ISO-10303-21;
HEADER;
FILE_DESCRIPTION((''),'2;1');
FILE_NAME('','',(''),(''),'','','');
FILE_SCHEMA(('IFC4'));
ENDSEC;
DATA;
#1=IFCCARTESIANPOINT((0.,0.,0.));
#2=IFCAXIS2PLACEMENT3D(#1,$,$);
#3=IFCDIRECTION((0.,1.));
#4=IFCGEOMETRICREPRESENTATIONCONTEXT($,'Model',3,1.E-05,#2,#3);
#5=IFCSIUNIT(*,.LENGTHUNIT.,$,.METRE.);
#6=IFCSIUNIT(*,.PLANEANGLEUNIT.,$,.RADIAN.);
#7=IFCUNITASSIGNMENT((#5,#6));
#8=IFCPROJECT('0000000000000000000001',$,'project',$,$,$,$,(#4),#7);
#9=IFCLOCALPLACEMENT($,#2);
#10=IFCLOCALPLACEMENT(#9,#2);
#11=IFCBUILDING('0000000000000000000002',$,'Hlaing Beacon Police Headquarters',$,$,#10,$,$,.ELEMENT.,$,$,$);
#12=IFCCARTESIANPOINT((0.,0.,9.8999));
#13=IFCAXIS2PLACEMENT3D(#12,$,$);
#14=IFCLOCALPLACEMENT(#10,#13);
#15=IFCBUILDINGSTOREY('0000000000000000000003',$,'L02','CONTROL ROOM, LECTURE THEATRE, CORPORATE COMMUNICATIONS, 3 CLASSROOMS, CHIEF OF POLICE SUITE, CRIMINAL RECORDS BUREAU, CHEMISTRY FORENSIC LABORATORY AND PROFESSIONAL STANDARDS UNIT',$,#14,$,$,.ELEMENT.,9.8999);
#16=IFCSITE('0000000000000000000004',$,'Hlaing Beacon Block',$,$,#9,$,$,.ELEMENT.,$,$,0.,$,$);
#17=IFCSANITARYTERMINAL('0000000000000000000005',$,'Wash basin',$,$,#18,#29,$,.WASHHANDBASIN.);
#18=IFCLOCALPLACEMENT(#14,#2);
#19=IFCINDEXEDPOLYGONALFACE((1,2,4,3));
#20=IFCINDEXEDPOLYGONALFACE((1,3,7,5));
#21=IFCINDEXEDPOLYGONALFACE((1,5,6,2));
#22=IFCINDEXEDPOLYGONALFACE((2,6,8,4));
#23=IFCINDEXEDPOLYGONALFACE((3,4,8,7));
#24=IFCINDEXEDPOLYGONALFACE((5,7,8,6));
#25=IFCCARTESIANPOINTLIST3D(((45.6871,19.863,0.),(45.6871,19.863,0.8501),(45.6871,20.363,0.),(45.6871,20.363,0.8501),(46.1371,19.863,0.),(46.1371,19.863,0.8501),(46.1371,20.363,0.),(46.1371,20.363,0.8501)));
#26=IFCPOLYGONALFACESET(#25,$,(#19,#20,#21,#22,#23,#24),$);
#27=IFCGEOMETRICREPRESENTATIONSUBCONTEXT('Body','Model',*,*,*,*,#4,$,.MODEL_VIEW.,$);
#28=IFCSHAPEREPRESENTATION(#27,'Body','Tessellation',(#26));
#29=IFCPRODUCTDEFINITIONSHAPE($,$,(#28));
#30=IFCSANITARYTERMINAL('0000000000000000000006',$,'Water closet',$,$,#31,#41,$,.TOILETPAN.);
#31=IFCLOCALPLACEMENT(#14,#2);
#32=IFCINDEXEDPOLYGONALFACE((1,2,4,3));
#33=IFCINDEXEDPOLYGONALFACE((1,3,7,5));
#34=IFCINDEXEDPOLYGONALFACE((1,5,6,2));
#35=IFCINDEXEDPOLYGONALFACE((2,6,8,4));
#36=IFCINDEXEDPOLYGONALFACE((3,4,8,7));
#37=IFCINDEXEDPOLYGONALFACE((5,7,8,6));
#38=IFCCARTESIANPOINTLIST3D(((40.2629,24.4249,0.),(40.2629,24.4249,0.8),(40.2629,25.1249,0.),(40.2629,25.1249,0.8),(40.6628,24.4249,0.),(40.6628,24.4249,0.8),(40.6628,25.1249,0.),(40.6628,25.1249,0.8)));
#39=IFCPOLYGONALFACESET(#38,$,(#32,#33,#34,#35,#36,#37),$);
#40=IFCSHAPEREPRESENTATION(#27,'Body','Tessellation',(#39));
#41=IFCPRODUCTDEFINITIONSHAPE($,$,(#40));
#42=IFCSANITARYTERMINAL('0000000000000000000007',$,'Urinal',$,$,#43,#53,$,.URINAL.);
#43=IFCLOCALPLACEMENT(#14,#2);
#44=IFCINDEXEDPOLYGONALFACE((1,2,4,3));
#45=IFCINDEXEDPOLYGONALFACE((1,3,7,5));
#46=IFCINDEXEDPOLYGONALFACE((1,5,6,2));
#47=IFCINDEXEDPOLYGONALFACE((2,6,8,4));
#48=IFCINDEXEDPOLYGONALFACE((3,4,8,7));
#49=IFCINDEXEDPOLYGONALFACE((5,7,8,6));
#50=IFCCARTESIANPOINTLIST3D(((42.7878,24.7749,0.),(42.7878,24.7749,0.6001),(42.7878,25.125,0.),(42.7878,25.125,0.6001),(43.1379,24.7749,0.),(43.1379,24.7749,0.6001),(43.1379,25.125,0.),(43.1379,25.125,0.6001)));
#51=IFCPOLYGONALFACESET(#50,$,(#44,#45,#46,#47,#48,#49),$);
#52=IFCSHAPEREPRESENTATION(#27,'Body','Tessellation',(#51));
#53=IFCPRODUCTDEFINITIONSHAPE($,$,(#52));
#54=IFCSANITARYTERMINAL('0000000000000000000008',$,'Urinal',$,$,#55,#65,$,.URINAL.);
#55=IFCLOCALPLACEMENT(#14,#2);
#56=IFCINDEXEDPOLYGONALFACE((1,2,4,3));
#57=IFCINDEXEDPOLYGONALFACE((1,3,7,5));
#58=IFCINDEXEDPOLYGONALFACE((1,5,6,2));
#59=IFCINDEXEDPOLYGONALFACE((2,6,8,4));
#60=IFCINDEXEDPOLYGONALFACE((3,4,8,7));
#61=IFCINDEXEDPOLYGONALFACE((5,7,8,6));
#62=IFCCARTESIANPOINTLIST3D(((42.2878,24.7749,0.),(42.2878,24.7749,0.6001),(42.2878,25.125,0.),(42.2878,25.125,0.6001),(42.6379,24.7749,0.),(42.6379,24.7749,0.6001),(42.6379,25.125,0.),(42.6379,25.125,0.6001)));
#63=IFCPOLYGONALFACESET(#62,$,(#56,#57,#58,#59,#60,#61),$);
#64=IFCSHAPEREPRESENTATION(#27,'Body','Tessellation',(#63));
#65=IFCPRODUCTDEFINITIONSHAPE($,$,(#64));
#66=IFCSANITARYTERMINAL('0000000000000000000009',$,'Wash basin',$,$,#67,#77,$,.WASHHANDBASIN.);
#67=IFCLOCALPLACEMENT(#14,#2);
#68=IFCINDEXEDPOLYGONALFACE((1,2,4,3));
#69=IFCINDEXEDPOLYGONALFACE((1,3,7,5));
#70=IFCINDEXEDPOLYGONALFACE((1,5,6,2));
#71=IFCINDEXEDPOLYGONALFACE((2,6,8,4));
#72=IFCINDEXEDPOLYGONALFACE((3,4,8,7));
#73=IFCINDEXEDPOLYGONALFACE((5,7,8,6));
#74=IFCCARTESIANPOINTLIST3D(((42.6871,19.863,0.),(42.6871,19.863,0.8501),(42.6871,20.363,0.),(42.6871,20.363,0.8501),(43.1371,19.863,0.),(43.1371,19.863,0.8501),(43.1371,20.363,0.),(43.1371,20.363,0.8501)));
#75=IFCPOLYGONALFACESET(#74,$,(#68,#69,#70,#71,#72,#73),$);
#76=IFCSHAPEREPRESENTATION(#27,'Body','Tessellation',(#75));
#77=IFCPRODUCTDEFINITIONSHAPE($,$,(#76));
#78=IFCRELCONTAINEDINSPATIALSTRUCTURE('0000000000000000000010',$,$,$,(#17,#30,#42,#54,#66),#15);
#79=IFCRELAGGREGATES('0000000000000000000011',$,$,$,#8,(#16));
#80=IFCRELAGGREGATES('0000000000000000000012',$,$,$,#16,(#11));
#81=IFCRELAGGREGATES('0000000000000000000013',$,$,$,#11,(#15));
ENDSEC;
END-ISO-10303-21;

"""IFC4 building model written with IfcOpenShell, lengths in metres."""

from ifc_helpers import new_model, si_unit, direction, frame, origin, origin_2d, place, context, subcontext, project, spatial, rectangle, extrude, element, save


model = new_model("IFC4")

# Units and contexts
model_context = context("Model", 3, precision=1e-05, world=origin(), true_north=direction((0.0, 1.0)))
body_context = subcontext(model_context, "Body", "Model", "MODEL_VIEW")
ifc_project = project(units=[si_unit("LENGTHUNIT", "METRE"), si_unit("PLANEANGLEUNIT", "RADIAN")], contexts=[model_context])

# Site, building, storey
site_placement = place(None, origin())
site = spatial("IfcSite", under=ifc_project, at=site_placement, Name="Hlaing Beacon Block", CompositionType="ELEMENT", RefElevation=0.0)
building_placement = place(site_placement, origin())
building = spatial("IfcBuilding", under=site, at=building_placement, Name="Hlaing Beacon Police Headquarters", CompositionType="ELEMENT")
storey_placement = place(building_placement, frame((0.0, 0.0, 9.8999)))
storey = spatial("IfcBuildingStorey", under=building, at=storey_placement, Name="L02", Description="CONTROL ROOM, LECTURE THEATRE, CORPORATE COMMUNICATIONS, 3 CLASSROOMS, CHIEF OF POLICE SUITE, CRIMINAL RECORDS BUREAU, CHEMISTRY FORENSIC LABORATORY AND PROFESSIONAL STANDARDS UNIT", CompositionType="ELEMENT", Elevation=9.8999)

# Sanitary terminals
for number, where, z_axis, x_axis, name in (
    (1, (45.9121, 20.113, 0.0), (0.0, 0.0, 1.0), (1.0, 0.0, 0.0), "Wash basin"),
):
    element("IfcSanitaryTerminal", number, at=place(storey_placement, frame(where, z_axis=z_axis, x_axis=x_axis)), inside=storey, Name=name, PredefinedType="WASHHANDBASIN", context=body_context, shape_type="SweptSolid", body=[
        extrude(rectangle(XDim=0.45, YDim=0.5, at=origin_2d()), origin(), (0.0, 0.0, 1.0), 0.8501),
    ])
sanitary_terminal_1_placement = place(storey_placement, frame((40.4629, 24.7749, 0.0), z_axis=(0.0, 0.0, 1.0), x_axis=(1.0, 0.0, 0.0)))
element("IfcSanitaryTerminal", 2, at=sanitary_terminal_1_placement, inside=storey, Name="Water closet", PredefinedType="TOILETPAN", context=body_context, shape_type="SweptSolid", body=[
    extrude(rectangle(XDim=0.3999, YDim=0.7, at=origin_2d()), origin(), (0.0, 0.0, 1.0), 0.8),
])
for number, where, z_axis, x_axis, name in (
    (3, (42.9629, 24.95, 0.0), (0.0, 0.0, 1.0), (1.0, 0.0, 0.0), "Urinal"),
    (4, (42.4629, 24.95, 0.0), (0.0, 0.0, 1.0), (1.0, 0.0, 0.0), "Urinal"),
):
    element("IfcSanitaryTerminal", number, at=place(storey_placement, frame(where, z_axis=z_axis, x_axis=x_axis)), inside=storey, Name=name, PredefinedType="URINAL", context=body_context, shape_type="SweptSolid", body=[
        extrude(rectangle(XDim=0.3501, YDim=0.3501, at=origin_2d()), origin(), (0.0, 0.0, 1.0), 0.6001),
    ])
sanitary_terminal_2_placement = place(storey_placement, frame((42.9121, 20.113, 0.0), z_axis=(0.0, 0.0, 1.0), x_axis=(1.0, 0.0, 0.0)))
element("IfcSanitaryTerminal", 5, at=sanitary_terminal_2_placement, inside=storey, Name="Wash basin", PredefinedType="WASHHANDBASIN", context=body_context, shape_type="SweptSolid", body=[
    extrude(rectangle(XDim=0.45, YDim=0.5, at=origin_2d()), origin(), (0.0, 0.0, 1.0), 0.8501),
])

save(model, "model.ifc")
